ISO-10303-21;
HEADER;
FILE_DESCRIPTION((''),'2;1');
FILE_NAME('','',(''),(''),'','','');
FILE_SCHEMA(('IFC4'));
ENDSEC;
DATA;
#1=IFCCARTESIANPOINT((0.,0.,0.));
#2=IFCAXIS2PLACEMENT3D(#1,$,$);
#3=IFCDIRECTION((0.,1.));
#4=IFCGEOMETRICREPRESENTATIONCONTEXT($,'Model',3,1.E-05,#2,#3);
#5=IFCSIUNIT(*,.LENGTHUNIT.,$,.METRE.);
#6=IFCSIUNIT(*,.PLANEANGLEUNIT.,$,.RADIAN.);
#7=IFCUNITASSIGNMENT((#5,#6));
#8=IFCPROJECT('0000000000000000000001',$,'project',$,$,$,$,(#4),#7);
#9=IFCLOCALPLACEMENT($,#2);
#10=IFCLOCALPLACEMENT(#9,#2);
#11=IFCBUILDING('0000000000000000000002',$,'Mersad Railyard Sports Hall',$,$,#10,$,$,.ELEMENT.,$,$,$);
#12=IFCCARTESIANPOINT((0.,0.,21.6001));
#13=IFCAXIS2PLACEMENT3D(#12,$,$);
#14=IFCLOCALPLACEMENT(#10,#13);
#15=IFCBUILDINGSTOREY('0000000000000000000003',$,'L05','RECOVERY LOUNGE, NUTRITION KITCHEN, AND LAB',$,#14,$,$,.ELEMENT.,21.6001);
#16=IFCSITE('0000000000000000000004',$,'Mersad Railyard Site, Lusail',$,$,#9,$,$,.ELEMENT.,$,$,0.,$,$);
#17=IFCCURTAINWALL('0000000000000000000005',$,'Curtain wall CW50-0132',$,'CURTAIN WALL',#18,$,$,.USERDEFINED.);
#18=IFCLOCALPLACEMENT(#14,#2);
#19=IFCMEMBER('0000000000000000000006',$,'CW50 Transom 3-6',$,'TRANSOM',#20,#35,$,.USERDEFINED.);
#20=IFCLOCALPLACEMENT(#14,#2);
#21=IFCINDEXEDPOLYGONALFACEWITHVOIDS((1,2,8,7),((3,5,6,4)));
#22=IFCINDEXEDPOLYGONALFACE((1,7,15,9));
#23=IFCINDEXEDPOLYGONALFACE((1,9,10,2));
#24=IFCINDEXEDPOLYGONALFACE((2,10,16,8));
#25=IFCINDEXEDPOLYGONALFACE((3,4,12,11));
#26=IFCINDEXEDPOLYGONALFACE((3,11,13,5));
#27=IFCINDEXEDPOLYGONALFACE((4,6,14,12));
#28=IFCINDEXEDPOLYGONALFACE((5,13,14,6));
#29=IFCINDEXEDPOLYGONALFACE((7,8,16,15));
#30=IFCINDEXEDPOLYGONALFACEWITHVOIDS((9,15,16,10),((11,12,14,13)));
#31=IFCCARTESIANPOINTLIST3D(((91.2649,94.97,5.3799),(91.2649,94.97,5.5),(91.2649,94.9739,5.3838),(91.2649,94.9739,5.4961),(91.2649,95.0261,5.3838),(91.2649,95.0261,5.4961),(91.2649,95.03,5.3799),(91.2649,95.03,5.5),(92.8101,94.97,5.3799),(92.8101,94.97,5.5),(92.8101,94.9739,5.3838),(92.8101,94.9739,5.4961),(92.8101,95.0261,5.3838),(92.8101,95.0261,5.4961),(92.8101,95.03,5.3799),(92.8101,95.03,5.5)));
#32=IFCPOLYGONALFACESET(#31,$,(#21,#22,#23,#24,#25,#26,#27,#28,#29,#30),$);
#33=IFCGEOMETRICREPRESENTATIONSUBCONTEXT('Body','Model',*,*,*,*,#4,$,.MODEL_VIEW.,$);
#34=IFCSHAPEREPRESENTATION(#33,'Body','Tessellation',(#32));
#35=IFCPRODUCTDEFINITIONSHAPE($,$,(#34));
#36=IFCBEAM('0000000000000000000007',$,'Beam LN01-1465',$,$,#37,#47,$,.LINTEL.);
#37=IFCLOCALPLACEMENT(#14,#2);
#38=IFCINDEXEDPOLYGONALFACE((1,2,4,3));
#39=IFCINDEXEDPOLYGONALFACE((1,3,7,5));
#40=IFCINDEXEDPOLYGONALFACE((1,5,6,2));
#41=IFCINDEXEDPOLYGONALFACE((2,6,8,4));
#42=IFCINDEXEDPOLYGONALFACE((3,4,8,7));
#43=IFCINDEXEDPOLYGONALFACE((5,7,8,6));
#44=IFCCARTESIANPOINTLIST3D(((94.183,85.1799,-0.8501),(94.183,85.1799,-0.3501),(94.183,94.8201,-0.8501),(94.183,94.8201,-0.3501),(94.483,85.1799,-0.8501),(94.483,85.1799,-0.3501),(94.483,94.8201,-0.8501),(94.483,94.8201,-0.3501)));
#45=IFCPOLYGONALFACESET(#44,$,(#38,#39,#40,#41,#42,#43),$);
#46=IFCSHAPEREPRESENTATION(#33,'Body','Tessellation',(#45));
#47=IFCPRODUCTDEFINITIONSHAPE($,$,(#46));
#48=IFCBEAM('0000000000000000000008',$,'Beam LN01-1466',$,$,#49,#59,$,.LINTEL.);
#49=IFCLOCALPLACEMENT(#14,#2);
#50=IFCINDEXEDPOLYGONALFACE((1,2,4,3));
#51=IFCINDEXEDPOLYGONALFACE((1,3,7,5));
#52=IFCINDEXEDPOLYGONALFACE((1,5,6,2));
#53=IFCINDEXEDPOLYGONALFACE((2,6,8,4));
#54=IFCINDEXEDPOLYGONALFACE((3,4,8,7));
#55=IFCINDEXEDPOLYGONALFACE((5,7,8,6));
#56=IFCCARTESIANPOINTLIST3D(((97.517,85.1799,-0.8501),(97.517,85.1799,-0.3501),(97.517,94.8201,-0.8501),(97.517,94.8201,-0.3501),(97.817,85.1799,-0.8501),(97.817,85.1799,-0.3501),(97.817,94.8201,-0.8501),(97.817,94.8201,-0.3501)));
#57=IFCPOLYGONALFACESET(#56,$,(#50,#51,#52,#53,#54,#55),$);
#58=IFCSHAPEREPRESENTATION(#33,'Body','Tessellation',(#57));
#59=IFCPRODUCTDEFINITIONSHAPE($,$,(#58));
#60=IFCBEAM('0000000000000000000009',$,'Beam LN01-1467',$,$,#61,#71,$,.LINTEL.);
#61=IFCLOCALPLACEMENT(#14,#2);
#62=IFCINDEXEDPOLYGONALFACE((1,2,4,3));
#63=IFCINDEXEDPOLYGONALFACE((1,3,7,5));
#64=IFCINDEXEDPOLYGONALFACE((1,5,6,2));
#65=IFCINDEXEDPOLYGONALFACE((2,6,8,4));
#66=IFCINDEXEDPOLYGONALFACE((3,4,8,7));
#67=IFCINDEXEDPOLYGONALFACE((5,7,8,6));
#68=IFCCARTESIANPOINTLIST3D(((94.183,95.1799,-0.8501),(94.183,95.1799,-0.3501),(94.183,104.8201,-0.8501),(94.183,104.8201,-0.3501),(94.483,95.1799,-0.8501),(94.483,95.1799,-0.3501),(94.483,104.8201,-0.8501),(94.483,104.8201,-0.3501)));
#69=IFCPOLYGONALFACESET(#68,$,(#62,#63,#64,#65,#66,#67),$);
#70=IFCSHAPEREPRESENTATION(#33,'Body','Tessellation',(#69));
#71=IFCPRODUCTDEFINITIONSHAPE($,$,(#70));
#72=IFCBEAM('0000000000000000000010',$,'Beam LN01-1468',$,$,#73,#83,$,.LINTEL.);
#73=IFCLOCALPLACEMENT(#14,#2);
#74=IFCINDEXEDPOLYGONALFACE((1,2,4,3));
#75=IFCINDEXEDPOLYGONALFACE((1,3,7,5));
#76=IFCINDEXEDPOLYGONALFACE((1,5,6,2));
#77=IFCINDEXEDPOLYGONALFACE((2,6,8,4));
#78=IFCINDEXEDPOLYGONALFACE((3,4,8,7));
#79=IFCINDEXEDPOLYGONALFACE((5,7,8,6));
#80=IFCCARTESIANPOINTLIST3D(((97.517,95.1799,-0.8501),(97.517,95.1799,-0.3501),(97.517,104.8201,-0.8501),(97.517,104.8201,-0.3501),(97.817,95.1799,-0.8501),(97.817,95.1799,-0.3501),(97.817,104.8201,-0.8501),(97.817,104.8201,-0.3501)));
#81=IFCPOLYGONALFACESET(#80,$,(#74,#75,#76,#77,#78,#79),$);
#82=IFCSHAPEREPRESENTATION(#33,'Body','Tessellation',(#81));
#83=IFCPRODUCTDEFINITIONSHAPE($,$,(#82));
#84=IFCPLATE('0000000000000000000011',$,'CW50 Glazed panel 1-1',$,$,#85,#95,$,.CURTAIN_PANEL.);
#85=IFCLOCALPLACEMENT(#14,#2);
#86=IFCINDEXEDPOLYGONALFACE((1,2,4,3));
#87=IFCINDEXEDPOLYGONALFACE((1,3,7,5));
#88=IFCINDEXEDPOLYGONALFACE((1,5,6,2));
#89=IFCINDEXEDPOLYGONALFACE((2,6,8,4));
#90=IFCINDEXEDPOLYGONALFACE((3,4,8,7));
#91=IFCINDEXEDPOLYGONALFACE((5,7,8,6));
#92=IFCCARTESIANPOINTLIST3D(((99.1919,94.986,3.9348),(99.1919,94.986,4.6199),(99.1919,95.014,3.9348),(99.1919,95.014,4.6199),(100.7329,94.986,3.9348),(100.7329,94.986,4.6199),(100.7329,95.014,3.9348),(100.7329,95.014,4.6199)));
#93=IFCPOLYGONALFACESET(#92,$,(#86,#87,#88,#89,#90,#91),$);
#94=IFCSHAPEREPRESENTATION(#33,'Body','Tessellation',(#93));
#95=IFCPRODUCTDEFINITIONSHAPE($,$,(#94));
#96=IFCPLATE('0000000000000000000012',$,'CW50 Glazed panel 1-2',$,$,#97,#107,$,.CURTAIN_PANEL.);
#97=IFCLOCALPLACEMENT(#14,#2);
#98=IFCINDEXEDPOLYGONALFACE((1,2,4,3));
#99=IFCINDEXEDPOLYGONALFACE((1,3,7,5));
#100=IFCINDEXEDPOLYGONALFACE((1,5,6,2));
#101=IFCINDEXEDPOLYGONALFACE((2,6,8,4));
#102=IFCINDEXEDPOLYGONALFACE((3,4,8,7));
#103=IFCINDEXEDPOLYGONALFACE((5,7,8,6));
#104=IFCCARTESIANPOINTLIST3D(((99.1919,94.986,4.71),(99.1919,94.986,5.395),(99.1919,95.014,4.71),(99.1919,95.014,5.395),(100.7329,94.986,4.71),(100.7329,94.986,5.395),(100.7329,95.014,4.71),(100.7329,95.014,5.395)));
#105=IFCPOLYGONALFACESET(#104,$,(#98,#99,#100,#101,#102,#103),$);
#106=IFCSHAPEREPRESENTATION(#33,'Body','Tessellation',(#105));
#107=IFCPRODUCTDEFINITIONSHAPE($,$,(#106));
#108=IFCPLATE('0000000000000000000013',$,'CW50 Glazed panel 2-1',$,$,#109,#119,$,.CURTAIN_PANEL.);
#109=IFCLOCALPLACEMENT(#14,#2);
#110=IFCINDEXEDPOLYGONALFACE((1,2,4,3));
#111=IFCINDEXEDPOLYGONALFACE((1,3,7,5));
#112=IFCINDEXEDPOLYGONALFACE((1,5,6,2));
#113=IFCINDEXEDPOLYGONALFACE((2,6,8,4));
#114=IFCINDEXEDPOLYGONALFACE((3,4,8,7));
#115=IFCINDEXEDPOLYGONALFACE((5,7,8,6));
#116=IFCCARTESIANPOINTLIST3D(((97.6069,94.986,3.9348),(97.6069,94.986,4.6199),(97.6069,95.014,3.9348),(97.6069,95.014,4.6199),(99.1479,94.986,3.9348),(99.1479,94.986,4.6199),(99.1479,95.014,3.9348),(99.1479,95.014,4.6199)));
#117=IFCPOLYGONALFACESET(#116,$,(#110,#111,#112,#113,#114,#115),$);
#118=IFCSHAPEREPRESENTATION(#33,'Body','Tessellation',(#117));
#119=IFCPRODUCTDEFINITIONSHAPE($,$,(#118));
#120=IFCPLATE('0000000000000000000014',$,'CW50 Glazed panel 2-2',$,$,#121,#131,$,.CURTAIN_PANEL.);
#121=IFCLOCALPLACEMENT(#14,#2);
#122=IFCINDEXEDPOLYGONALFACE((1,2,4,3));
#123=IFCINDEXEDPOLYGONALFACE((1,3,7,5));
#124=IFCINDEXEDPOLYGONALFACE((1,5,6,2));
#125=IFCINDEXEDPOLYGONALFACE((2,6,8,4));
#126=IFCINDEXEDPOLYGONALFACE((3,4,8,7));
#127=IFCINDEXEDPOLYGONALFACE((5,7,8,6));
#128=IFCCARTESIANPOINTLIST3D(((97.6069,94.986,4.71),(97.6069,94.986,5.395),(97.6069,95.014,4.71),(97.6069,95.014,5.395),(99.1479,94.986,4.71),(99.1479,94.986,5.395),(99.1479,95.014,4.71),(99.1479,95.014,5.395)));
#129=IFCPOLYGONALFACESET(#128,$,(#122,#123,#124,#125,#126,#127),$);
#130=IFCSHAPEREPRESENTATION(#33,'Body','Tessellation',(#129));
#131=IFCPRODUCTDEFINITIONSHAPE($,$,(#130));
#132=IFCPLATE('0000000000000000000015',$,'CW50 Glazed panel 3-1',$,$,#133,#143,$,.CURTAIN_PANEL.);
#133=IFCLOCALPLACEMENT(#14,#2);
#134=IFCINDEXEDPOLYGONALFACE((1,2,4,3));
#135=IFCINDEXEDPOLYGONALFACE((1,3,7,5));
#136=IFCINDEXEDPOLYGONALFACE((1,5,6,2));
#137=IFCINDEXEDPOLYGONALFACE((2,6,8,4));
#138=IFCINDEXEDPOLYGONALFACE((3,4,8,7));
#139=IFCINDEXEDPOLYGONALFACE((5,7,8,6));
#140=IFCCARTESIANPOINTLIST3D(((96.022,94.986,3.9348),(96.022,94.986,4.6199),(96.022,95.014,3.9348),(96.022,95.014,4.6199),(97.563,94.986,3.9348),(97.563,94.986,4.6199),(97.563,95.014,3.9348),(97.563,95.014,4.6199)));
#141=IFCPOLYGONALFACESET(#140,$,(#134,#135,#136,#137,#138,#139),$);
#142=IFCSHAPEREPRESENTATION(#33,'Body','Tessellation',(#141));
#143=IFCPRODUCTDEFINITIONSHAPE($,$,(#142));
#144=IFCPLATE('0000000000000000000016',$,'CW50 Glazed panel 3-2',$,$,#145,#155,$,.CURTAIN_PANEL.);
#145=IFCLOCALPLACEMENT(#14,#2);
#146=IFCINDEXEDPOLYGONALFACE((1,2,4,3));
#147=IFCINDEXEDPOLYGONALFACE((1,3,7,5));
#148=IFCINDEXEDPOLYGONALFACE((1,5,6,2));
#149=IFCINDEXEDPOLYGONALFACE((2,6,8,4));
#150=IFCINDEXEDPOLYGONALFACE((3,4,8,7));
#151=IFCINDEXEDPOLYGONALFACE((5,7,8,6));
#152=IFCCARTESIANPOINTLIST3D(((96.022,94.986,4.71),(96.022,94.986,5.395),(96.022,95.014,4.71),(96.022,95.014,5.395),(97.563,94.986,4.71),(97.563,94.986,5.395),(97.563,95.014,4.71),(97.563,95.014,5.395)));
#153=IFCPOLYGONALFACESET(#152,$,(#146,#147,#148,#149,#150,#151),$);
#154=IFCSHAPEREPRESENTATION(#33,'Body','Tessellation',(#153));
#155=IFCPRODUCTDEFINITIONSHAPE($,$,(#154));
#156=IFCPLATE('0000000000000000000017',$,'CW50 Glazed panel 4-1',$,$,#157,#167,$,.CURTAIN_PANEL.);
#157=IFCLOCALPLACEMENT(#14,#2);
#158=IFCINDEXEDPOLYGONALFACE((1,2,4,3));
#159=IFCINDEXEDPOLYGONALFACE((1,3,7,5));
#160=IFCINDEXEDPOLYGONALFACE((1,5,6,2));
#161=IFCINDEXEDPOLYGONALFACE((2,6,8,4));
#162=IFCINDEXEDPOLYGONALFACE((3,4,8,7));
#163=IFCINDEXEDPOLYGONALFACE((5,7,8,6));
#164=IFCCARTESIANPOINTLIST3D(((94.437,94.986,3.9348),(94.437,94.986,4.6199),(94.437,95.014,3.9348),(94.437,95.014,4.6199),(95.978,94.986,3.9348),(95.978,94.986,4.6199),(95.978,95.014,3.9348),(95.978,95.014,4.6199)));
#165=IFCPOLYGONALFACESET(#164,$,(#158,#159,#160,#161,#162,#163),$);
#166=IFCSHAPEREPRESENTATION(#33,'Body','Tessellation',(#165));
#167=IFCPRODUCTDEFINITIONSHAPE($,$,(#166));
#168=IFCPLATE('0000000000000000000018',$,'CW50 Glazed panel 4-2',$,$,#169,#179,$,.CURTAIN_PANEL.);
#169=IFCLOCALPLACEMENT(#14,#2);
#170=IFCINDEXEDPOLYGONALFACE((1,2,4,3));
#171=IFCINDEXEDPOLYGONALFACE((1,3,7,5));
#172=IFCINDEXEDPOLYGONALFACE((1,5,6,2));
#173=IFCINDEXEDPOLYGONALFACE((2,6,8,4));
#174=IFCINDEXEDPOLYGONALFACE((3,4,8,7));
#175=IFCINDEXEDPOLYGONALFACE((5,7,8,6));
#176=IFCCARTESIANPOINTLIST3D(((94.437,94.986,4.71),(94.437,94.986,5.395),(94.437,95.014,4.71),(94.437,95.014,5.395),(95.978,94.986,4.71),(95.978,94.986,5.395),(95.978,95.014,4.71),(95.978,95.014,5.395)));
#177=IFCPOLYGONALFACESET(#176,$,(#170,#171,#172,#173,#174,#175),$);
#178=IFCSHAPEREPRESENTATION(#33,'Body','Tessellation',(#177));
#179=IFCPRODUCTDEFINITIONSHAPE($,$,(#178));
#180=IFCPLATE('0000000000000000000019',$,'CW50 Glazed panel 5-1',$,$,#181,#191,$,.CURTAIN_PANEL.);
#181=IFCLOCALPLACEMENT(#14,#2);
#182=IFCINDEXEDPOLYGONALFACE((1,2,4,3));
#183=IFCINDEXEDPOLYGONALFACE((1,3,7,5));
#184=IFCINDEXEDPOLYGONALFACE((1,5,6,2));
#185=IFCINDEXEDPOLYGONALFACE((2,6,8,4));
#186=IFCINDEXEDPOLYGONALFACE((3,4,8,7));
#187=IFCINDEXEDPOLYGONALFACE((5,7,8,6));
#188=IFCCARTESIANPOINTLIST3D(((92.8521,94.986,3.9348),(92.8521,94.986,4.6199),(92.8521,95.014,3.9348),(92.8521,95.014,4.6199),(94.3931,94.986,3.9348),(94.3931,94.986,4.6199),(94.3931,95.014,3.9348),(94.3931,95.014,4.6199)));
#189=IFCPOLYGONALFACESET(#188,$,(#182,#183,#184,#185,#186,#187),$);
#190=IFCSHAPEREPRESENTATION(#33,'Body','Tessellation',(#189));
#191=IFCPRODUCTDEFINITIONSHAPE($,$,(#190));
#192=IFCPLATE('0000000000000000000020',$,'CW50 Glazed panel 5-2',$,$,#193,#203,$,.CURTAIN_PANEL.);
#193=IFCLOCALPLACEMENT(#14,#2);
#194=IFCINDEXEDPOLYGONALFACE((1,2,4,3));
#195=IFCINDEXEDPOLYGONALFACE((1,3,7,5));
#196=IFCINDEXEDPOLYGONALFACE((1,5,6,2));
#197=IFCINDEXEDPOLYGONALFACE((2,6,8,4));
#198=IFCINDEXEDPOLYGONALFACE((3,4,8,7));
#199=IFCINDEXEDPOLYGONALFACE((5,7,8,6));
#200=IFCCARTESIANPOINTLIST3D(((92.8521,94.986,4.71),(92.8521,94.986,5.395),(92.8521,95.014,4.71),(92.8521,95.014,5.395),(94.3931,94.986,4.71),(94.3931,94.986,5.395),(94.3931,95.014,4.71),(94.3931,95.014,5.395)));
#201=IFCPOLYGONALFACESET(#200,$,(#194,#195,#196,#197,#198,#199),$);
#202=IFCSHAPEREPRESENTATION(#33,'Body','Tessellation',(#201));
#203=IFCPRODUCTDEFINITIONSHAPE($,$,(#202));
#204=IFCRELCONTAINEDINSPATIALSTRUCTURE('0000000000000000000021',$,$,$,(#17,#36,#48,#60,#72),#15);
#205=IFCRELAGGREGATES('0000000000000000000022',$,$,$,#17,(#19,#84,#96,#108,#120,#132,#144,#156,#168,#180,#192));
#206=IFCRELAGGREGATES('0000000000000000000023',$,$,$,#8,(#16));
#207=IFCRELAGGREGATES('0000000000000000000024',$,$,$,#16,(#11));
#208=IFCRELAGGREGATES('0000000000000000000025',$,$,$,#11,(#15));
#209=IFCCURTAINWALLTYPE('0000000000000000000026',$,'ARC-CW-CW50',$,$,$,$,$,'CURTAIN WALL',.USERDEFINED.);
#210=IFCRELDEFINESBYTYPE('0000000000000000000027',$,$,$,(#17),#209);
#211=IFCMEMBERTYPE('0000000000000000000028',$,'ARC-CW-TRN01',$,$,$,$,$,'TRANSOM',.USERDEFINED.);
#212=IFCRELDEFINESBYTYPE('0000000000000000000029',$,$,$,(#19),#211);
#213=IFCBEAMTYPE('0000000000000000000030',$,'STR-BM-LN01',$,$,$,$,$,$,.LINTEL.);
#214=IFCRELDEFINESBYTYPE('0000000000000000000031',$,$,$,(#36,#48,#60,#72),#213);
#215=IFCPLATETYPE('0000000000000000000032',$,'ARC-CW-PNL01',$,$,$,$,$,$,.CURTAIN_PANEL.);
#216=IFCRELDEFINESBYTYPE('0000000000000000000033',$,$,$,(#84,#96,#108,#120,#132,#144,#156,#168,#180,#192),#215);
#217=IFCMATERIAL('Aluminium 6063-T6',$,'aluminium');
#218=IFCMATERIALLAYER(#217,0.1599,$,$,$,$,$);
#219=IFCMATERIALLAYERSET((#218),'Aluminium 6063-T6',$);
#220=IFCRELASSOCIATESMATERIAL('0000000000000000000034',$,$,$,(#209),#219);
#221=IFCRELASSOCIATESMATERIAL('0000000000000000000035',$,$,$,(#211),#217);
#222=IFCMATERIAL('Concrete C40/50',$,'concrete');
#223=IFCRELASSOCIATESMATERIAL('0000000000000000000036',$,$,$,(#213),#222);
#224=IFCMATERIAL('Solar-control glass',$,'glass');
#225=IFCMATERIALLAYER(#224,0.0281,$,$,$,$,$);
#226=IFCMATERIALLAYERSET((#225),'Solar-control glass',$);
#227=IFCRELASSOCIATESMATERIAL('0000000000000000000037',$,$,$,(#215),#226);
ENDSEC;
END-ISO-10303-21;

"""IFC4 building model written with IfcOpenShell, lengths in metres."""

from ifc_helpers import new_model, si_unit, direction, frame, origin, origin_2d, place, context, subcontext, project, spatial, rectangle, hollow_rectangle, extrude, material, layer, layer_set, material_profile, profile_set, type_object, element, aggregate, save


model = new_model("IFC4")

# Units and contexts
model_context = context("Model", 3, precision=1e-05, world=origin(), true_north=direction((0.0, 1.0)))
body_context = subcontext(model_context, "Body", "Model", "MODEL_VIEW")
ifc_project = project(units=[si_unit("LENGTHUNIT", "METRE"), si_unit("PLANEANGLEUNIT", "RADIAN")], contexts=[model_context])

# Site, building, storey
site_placement = place(None, origin())
site = spatial("IfcSite", under=ifc_project, at=site_placement, Name="Mersad Railyard Site, Lusail", CompositionType="ELEMENT", RefElevation=0.0)
building_placement = place(site_placement, origin())
building = spatial("IfcBuilding", under=site, at=building_placement, Name="Mersad Railyard Sports Hall", CompositionType="ELEMENT")
storey_placement = place(building_placement, frame((0.0, 0.0, 21.6001)))
storey = spatial("IfcBuildingStorey", under=building, at=storey_placement, Name="L05", Description="RECOVERY LOUNGE, NUTRITION KITCHEN, AND LAB", CompositionType="ELEMENT", Elevation=21.6001)

# Curtain wall, member
ifc_material_1 = material(Name="Aluminium 6063-T6", Category="aluminium")
ifc_layer_1 = layer(ifc_material_1, 0.1599)
ifc_layer_set_1 = layer_set([ifc_layer_1], Name="Aluminium 6063-T6")
curtain_wall_type = type_object("IfcCurtainWallType", Name="ARC-CW-CW50", ElementType="CURTAIN WALL", PredefinedType="USERDEFINED", material=ifc_layer_set_1)
curtain_wall_placement = place(storey_placement, origin())
curtain_wall = element("IfcCurtainWall", 1, at=curtain_wall_placement, inside=storey, type_object=curtain_wall_type, Name="Curtain wall CW50-0132", ObjectType="CURTAIN WALL", PredefinedType="USERDEFINED")
ifc_material_profile_1 = material_profile(ifc_material_1, hollow_rectangle(XDim=0.0601, YDim=0.1201, WallThickness=0.0039, at=origin_2d()), Name="AL TRANSOM 60x120x4")
ifc_profile_set_1 = profile_set([ifc_material_profile_1], Name="Aluminium 6063-T6")
member_type_1 = type_object("IfcMemberType", Name="ARC-CW-TRN01", ElementType="TRANSOM", PredefinedType="USERDEFINED", material=ifc_profile_set_1)
member_1_placement = place(storey_placement, frame((92.8101, 95.0, 5.4399), z_axis=(-1.0, 0.0, 0.0), x_axis=(0.0, -1.0, 0.0)))
member_1 = element("IfcMember", 2, at=member_1_placement, type_object=member_type_1, Name="CW50 Transom 3-6", ObjectType="TRANSOM", PredefinedType="USERDEFINED", context=body_context, shape_type="SweptSolid", body=[
    extrude(hollow_rectangle(XDim=0.0601, YDim=0.1201, WallThickness=0.0039, at=origin_2d()), origin(), (0.0, 0.0, 1.0), 1.5452),
])

# Beams
ifc_material_2 = material(Name="Concrete C40/50", Category="concrete")
ifc_material_profile_2 = material_profile(ifc_material_2, rectangle(XDim=0.3, YDim=0.5, at=origin_2d()), Name="RC 300x500")
ifc_profile_set_2 = profile_set([ifc_material_profile_2], Name="Concrete C40/50")
beam_type = type_object("IfcBeamType", Name="STR-BM-LN01", PredefinedType="LINTEL", material=ifc_profile_set_2)
for number, where, z_axis, x_axis, name in (
    (3, (94.333, 85.1799, -0.6001), (0.0, 1.0, 0.0), (-1.0, 0.0, 0.0), "Beam LN01-1465"),
    (4, (97.667, 85.1799, -0.6001), (0.0, 1.0, 0.0), (-1.0, 0.0, 0.0), "Beam LN01-1466"),
    (5, (94.333, 95.1799, -0.6001), (0.0, 1.0, 0.0), (-1.0, 0.0, 0.0), "Beam LN01-1467"),
    (6, (97.667, 95.1799, -0.6001), (0.0, 1.0, 0.0), (-1.0, 0.0, 0.0), "Beam LN01-1468"),
):
    element("IfcBeam", number, at=place(storey_placement, frame(where, z_axis=z_axis, x_axis=x_axis)), inside=storey, type_object=beam_type, Name=name, PredefinedType="LINTEL", context=body_context, shape_type="SweptSolid", body=[
        extrude(rectangle(XDim=0.3, YDim=0.5, at=origin_2d()), origin(), (0.0, 0.0, 1.0), 9.6401),
    ])

# Plates
ifc_material_3 = material(Name="Solar-control glass", Category="glass")
ifc_layer_2 = layer(ifc_material_3, 0.0281)
ifc_layer_set_2 = layer_set([ifc_layer_2], Name="Solar-control glass")
plate_type = type_object("IfcPlateType", Name="ARC-CW-PNL01", PredefinedType="CURTAIN_PANEL", material=ifc_layer_set_2)
plate_1_placement = place(storey_placement, frame((99.9624, 95.0, 3.9348), z_axis=(0.0, 0.0, 1.0), x_axis=(-1.0, 0.0, 0.0)))
plate_1 = element("IfcPlate", 7, at=plate_1_placement, type_object=plate_type, Name="CW50 Glazed panel 1-1", PredefinedType="CURTAIN_PANEL", context=body_context, shape_type="SweptSolid", body=[
    extrude(rectangle(XDim=1.541, YDim=0.0281, at=origin_2d()), origin(), (0.0, 0.0, 1.0), 0.6851),
])
plate_2_placement = place(storey_placement, frame((99.9624, 95.0, 4.71), z_axis=(0.0, 0.0, 1.0), x_axis=(-1.0, 0.0, 0.0)))
plate_2 = element("IfcPlate", 8, at=plate_2_placement, type_object=plate_type, Name="CW50 Glazed panel 1-2", PredefinedType="CURTAIN_PANEL", context=body_context, shape_type="SweptSolid", body=[
    extrude(rectangle(XDim=1.541, YDim=0.0281, at=origin_2d()), origin(), (0.0, 0.0, 1.0), 0.6851),
])
plate_3_placement = place(storey_placement, frame((98.3774, 95.0, 3.9348), z_axis=(0.0, 0.0, 1.0), x_axis=(-1.0, 0.0, 0.0)))
plate_3 = element("IfcPlate", 9, at=plate_3_placement, type_object=plate_type, Name="CW50 Glazed panel 2-1", PredefinedType="CURTAIN_PANEL", context=body_context, shape_type="SweptSolid", body=[
    extrude(rectangle(XDim=1.541, YDim=0.0281, at=origin_2d()), origin(), (0.0, 0.0, 1.0), 0.6851),
])
plate_4_placement = place(storey_placement, frame((98.3774, 95.0, 4.71), z_axis=(0.0, 0.0, 1.0), x_axis=(-1.0, 0.0, 0.0)))
plate_4 = element("IfcPlate", 10, at=plate_4_placement, type_object=plate_type, Name="CW50 Glazed panel 2-2", PredefinedType="CURTAIN_PANEL", context=body_context, shape_type="SweptSolid", body=[
    extrude(rectangle(XDim=1.541, YDim=0.0281, at=origin_2d()), origin(), (0.0, 0.0, 1.0), 0.6851),
])
plate_5_placement = place(storey_placement, frame((96.7925, 95.0, 3.9348), z_axis=(0.0, 0.0, 1.0), x_axis=(-1.0, 0.0, 0.0)))
plate_5 = element("IfcPlate", 11, at=plate_5_placement, type_object=plate_type, Name="CW50 Glazed panel 3-1", PredefinedType="CURTAIN_PANEL", context=body_context, shape_type="SweptSolid", body=[
    extrude(rectangle(XDim=1.541, YDim=0.0281, at=origin_2d()), origin(), (0.0, 0.0, 1.0), 0.6851),
])
plate_6_placement = place(storey_placement, frame((96.7925, 95.0, 4.71), z_axis=(0.0, 0.0, 1.0), x_axis=(-1.0, 0.0, 0.0)))
plate_6 = element("IfcPlate", 12, at=plate_6_placement, type_object=plate_type, Name="CW50 Glazed panel 3-2", PredefinedType="CURTAIN_PANEL", context=body_context, shape_type="SweptSolid", body=[
    extrude(rectangle(XDim=1.541, YDim=0.0281, at=origin_2d()), origin(), (0.0, 0.0, 1.0), 0.6851),
])
plate_7_placement = place(storey_placement, frame((95.2075, 95.0, 3.9348), z_axis=(0.0, 0.0, 1.0), x_axis=(-1.0, 0.0, 0.0)))
plate_7 = element("IfcPlate", 13, at=plate_7_placement, type_object=plate_type, Name="CW50 Glazed panel 4-1", PredefinedType="CURTAIN_PANEL", context=body_context, shape_type="SweptSolid", body=[
    extrude(rectangle(XDim=1.541, YDim=0.0281, at=origin_2d()), origin(), (0.0, 0.0, 1.0), 0.6851),
])
plate_8_placement = place(storey_placement, frame((95.2075, 95.0, 4.71), z_axis=(0.0, 0.0, 1.0), x_axis=(-1.0, 0.0, 0.0)))
plate_8 = element("IfcPlate", 14, at=plate_8_placement, type_object=plate_type, Name="CW50 Glazed panel 4-2", PredefinedType="CURTAIN_PANEL", context=body_context, shape_type="SweptSolid", body=[
    extrude(rectangle(XDim=1.541, YDim=0.0281, at=origin_2d()), origin(), (0.0, 0.0, 1.0), 0.6851),
])
plate_9_placement = place(storey_placement, frame((93.6226, 95.0, 3.9348), z_axis=(0.0, 0.0, 1.0), x_axis=(-1.0, 0.0, 0.0)))
plate_9 = element("IfcPlate", 15, at=plate_9_placement, type_object=plate_type, Name="CW50 Glazed panel 5-1", PredefinedType="CURTAIN_PANEL", context=body_context, shape_type="SweptSolid", body=[
    extrude(rectangle(XDim=1.541, YDim=0.0281, at=origin_2d()), origin(), (0.0, 0.0, 1.0), 0.6851),
])
plate_10_placement = place(storey_placement, frame((93.6226, 95.0, 4.71), z_axis=(0.0, 0.0, 1.0), x_axis=(-1.0, 0.0, 0.0)))
plate_10 = element("IfcPlate", 16, at=plate_10_placement, type_object=plate_type, Name="CW50 Glazed panel 5-2", PredefinedType="CURTAIN_PANEL", context=body_context, shape_type="SweptSolid", body=[
    extrude(rectangle(XDim=1.541, YDim=0.0281, at=origin_2d()), origin(), (0.0, 0.0, 1.0), 0.6851),
])
aggregate(curtain_wall, [member_1, plate_1, plate_2, plate_3, plate_4, plate_5, plate_6, plate_7, plate_8, plate_9, plate_10])

save(model, "model.ifc")
